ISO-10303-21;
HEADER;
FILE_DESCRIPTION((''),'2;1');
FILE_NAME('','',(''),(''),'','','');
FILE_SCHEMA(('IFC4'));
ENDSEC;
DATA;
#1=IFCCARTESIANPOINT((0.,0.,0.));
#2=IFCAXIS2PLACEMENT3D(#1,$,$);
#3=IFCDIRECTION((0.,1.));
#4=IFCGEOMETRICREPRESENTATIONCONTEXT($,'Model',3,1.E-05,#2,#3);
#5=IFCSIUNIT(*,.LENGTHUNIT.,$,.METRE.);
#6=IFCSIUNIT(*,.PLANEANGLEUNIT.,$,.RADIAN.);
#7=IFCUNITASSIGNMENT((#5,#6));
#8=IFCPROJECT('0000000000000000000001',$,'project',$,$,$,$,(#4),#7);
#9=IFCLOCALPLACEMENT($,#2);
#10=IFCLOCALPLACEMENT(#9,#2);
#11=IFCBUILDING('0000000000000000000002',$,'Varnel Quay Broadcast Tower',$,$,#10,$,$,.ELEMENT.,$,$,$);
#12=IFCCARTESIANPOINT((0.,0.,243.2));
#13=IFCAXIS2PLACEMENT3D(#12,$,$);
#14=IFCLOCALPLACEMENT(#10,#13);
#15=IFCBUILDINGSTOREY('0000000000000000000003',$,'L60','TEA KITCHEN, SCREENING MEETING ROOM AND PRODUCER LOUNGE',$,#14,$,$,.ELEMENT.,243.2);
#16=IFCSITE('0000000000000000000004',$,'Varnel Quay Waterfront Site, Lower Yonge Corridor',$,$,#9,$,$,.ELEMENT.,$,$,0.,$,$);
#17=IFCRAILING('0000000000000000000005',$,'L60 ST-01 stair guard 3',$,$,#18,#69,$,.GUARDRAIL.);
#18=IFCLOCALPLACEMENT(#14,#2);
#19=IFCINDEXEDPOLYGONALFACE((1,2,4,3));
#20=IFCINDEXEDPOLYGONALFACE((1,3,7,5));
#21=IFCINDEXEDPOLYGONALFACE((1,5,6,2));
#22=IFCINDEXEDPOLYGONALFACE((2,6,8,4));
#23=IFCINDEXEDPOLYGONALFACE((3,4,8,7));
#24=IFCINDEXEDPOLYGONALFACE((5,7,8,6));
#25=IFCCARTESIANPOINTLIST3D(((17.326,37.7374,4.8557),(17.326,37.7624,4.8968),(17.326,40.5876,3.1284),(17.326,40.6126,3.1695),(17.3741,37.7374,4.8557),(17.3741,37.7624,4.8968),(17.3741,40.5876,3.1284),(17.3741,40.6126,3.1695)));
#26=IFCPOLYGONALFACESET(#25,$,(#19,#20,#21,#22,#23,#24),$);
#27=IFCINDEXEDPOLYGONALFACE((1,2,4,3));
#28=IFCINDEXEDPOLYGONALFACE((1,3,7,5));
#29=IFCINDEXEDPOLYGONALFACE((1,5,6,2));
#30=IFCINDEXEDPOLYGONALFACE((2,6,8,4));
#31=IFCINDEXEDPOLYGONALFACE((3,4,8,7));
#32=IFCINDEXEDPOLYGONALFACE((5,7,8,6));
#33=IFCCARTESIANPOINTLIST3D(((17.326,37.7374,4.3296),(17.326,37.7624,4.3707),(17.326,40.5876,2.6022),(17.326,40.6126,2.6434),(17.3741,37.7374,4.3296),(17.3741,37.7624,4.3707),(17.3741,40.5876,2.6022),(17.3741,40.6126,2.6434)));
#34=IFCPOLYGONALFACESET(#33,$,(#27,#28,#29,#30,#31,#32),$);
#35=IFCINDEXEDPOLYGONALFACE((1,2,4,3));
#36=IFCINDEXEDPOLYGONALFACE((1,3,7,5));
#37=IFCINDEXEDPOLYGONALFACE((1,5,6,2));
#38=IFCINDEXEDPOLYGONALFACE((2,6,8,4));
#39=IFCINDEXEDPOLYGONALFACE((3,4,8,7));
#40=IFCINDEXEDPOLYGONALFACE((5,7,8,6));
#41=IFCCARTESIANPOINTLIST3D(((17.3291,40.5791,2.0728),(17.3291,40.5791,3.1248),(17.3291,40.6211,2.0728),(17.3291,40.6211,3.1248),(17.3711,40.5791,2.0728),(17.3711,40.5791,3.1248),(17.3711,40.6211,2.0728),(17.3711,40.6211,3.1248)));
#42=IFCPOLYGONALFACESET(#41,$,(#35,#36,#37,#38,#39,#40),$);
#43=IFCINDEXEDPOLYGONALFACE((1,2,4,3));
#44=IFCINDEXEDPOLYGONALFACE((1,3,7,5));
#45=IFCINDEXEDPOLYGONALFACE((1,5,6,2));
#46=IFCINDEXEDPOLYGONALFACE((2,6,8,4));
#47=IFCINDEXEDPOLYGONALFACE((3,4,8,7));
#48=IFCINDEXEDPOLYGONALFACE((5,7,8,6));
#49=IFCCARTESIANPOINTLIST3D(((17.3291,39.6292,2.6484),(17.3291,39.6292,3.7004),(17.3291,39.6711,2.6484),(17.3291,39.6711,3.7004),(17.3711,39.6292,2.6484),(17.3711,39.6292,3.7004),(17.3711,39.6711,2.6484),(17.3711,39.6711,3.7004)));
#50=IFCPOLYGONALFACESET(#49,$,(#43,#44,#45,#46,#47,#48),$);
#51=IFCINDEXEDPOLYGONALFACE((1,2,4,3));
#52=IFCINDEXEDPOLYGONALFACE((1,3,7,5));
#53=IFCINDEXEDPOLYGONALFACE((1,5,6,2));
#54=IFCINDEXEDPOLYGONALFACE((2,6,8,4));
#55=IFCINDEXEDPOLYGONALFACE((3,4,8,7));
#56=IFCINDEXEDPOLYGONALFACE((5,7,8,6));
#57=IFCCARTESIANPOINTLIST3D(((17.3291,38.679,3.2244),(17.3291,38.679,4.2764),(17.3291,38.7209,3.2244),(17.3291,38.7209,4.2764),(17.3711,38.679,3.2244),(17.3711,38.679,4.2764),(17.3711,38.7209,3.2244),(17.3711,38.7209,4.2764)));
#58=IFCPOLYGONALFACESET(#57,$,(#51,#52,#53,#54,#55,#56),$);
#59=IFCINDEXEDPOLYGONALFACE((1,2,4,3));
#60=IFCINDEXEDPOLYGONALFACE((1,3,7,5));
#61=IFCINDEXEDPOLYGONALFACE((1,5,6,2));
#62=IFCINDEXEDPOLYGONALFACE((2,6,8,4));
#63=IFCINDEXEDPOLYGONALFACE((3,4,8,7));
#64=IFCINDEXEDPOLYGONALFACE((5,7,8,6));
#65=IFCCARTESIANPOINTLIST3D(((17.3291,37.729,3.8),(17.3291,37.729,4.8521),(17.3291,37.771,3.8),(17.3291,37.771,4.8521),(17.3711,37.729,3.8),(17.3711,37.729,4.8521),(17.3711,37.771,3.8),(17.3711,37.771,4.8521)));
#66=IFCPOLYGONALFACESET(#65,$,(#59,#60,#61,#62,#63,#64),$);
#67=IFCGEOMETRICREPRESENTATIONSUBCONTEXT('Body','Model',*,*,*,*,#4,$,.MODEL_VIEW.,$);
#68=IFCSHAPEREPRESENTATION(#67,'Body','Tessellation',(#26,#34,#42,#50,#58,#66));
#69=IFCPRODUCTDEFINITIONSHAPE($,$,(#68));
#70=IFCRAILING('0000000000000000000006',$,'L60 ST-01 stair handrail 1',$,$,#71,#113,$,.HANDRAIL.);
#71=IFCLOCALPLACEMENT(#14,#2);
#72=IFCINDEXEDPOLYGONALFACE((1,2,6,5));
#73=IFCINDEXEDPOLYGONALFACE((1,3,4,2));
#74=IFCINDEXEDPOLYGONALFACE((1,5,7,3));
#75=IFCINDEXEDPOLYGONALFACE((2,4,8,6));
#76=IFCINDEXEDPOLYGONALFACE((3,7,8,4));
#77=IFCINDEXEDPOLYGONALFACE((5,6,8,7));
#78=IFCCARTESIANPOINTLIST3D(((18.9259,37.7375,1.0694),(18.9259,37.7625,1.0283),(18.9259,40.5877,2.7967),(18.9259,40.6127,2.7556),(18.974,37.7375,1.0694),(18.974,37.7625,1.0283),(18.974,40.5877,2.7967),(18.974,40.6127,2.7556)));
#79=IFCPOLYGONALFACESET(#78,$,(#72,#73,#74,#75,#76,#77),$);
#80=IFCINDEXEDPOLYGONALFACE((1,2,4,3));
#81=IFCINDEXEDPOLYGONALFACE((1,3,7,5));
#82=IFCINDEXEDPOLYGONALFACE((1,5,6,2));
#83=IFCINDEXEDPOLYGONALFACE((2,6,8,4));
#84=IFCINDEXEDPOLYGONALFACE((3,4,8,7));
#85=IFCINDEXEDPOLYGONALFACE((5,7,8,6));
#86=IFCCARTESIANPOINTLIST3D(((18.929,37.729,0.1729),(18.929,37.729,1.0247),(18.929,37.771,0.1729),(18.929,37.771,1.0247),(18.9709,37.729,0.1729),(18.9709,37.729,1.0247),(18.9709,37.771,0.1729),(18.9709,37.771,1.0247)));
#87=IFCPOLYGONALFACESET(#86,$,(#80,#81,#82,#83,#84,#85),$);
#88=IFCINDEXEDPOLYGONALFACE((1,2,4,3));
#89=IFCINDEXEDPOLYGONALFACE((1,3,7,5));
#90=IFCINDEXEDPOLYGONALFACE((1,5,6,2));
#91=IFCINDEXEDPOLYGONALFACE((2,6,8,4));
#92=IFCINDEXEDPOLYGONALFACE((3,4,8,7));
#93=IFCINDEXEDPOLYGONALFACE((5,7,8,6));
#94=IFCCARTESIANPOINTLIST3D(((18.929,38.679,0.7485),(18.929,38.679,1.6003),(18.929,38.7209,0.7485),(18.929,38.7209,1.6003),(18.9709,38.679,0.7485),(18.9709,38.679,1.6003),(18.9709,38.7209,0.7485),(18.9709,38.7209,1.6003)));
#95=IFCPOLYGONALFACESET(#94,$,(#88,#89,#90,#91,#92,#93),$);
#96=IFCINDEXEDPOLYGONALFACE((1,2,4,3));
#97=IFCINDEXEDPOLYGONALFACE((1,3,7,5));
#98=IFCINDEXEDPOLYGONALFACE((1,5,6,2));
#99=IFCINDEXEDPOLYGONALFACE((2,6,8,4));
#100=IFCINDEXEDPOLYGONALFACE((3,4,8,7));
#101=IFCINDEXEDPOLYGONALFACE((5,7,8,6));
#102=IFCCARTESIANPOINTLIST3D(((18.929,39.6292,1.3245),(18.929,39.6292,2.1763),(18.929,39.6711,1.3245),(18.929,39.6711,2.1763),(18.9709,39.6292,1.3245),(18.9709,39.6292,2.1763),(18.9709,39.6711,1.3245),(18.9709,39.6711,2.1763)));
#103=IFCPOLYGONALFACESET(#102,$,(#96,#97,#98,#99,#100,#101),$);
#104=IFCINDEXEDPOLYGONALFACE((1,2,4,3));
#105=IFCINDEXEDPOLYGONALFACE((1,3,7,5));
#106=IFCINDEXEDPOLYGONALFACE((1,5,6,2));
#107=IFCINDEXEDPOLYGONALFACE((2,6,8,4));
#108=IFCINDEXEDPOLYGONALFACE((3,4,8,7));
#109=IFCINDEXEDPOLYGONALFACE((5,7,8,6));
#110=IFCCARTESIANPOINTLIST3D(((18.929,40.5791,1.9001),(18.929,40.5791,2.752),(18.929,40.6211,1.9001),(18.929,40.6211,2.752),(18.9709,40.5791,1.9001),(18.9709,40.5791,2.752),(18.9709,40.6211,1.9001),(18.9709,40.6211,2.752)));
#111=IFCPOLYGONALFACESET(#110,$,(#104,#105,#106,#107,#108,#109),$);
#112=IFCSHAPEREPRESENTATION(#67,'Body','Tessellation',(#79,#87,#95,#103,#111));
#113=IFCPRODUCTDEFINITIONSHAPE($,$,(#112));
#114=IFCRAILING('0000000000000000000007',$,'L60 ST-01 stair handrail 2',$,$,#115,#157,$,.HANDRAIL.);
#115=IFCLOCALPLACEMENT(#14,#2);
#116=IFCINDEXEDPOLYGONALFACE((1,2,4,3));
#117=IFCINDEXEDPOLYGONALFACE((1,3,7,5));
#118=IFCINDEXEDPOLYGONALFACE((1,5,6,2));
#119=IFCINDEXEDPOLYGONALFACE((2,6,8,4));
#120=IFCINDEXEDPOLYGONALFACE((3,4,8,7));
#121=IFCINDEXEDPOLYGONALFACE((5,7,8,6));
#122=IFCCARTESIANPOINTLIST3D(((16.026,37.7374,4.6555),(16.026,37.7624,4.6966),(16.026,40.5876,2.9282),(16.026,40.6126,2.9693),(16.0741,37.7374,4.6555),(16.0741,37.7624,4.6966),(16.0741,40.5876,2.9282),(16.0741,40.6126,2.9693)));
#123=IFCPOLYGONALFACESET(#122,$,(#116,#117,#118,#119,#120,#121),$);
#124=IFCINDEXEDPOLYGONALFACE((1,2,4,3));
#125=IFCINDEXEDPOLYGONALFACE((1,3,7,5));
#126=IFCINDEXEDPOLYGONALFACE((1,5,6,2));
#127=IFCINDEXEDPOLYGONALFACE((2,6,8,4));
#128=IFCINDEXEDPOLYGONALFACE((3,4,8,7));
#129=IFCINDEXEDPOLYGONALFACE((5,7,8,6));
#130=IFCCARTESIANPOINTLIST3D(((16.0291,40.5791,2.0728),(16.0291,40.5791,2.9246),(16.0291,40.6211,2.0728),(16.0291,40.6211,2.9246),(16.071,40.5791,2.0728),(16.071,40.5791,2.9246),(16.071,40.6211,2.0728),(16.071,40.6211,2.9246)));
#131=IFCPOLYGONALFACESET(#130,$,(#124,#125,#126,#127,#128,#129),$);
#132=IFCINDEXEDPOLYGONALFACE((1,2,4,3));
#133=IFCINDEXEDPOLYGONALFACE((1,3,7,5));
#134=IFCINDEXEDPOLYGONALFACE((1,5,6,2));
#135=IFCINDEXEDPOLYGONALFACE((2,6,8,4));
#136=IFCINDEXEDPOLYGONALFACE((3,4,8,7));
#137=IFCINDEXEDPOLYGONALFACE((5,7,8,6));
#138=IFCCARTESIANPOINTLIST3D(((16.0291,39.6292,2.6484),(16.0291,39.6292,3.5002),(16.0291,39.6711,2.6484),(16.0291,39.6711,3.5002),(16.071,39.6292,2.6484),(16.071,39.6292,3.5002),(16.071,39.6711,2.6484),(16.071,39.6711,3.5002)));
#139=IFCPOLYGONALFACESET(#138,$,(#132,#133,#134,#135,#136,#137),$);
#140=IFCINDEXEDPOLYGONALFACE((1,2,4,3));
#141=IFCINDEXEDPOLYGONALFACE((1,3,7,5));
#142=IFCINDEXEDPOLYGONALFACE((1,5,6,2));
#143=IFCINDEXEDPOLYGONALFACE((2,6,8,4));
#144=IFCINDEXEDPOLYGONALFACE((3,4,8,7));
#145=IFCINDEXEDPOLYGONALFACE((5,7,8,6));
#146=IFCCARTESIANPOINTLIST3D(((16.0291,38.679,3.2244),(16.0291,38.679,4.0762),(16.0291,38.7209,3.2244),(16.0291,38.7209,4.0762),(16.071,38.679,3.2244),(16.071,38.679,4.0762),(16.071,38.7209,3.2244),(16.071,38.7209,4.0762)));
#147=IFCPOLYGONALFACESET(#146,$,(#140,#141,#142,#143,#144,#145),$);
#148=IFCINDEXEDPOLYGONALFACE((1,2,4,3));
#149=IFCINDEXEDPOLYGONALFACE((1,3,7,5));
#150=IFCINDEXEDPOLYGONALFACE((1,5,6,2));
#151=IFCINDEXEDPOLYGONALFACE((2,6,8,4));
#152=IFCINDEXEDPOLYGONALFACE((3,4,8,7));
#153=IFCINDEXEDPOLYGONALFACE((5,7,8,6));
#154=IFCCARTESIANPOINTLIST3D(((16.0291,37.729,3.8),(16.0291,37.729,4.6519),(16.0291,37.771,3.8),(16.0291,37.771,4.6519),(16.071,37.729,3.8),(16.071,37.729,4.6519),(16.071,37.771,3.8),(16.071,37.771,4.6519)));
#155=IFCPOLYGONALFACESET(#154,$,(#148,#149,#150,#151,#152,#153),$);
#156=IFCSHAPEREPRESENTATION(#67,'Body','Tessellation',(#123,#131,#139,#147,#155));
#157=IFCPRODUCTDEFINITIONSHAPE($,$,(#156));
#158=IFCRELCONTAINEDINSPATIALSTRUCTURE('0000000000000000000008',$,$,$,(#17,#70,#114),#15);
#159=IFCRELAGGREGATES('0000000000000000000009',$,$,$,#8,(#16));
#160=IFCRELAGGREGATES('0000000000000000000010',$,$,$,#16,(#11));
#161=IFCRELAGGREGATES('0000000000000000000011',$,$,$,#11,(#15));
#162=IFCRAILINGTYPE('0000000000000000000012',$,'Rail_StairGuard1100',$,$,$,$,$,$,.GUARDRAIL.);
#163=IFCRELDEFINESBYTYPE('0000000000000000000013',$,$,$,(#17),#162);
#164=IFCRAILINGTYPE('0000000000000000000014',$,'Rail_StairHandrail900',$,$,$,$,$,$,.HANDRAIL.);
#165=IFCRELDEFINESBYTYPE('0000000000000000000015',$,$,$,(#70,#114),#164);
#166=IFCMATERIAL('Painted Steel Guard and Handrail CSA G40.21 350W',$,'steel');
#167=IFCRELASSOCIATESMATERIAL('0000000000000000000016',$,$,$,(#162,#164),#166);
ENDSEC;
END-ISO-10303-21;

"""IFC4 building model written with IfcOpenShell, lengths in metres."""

from ifc_helpers import new_model, si_unit, direction, frame, origin, origin_2d, place, context, subcontext, project, spatial, rectangle, extrude, material, type_object, element, save


model = new_model("IFC4")

# Units and contexts
model_context = context("Model", 3, precision=1e-05, world=origin(), true_north=direction((0.0, 1.0)))
body_context = subcontext(model_context, "Body", "Model", "MODEL_VIEW")
ifc_project = project(units=[si_unit("LENGTHUNIT", "METRE"), si_unit("PLANEANGLEUNIT", "RADIAN")], contexts=[model_context])

# Site, building, storey
site_placement = place(None, origin())
site = spatial("IfcSite", under=ifc_project, at=site_placement, Name="Varnel Quay Waterfront Site, Lower Yonge Corridor", CompositionType="ELEMENT", RefElevation=0.0)
building_placement = place(site_placement, origin())
building = spatial("IfcBuilding", under=site, at=building_placement, Name="Varnel Quay Broadcast Tower", CompositionType="ELEMENT")
storey_placement = place(building_placement, frame((0.0, 0.0, 243.2)))
storey = spatial("IfcBuildingStorey", under=building, at=storey_placement, Name="L60", Description="TEA KITCHEN, SCREENING MEETING ROOM AND PRODUCER LOUNGE", CompositionType="ELEMENT", Elevation=243.2)

# Railings
ifc_material_1 = material(Name="Painted Steel Guard and Handrail CSA G40.21 350W", Category="steel")
railing_type_1 = type_object("IfcRailingType", Name="Rail_StairGuard1100", PredefinedType="GUARDRAIL", material=ifc_material_1)
railing_1_placement = place(storey_placement, frame((17.3501, 40.6001, 2.0728)))
element("IfcRailing", 1, at=railing_1_placement, inside=storey, type_object=railing_type_1, Name="L60 ST-01 stair guard 3", PredefinedType="GUARDRAIL", context=body_context, shape_type="SweptSolid", body=[
    extrude(rectangle(XDim=0.0481, YDim=0.0481, at=origin_2d()), frame((0.0, 0.0, 1.0762), z_axis=(0.0, -0.855203, 0.518294), x_axis=(1.0, 0.0, 0.0)), (0.0, 0.0, 1.0), 3.3328),
    extrude(rectangle(XDim=0.0481, YDim=0.0481, at=origin_2d()), frame((0.0, 0.0, 0.55), z_axis=(0.0, -0.855203, 0.518294), x_axis=(1.0, 0.0, 0.0)), (0.0, 0.0, 1.0), 3.3328),
    extrude(rectangle(XDim=0.042, YDim=0.042, at=origin_2d()), origin(), (0.0, 0.0, 1.0), 1.052),
    extrude(rectangle(XDim=0.042, YDim=0.042, at=origin_2d()), frame((0.0, -0.95, 0.5757)), (0.0, 0.0, 1.0), 1.052),
    extrude(rectangle(XDim=0.042, YDim=0.042, at=origin_2d()), frame((0.0, -1.9001, 1.1516)), (0.0, 0.0, 1.0), 1.052),
    extrude(rectangle(XDim=0.042, YDim=0.042, at=origin_2d()), frame((0.0, -2.8501, 1.7273)), (0.0, 0.0, 1.0), 1.052),
])
railing_type_2 = type_object("IfcRailingType", Name="Rail_StairHandrail900", PredefinedType="HANDRAIL", material=ifc_material_1)
railing_2_placement = place(storey_placement, frame((18.95, 37.75, 0.1729)))
element("IfcRailing", 2, at=railing_2_placement, inside=storey, type_object=railing_type_2, Name="L60 ST-01 stair handrail 1", PredefinedType="HANDRAIL", context=body_context, shape_type="SweptSolid", body=[
    extrude(rectangle(XDim=0.0481, YDim=0.0481, at=origin_2d()), frame((0.0, 0.0, 0.876), z_axis=(0.0, 0.855203, 0.518294), x_axis=(-1.0, 0.0, 0.0)), (0.0, 0.0, 1.0), 3.3328),
    extrude(rectangle(XDim=0.042, YDim=0.042, at=origin_2d()), origin(), (0.0, 0.0, 1.0), 0.8518),
    extrude(rectangle(XDim=0.042, YDim=0.042, at=origin_2d()), frame((0.0, 0.95, 0.5757)), (0.0, 0.0, 1.0), 0.8518),
    extrude(rectangle(XDim=0.042, YDim=0.042, at=origin_2d()), frame((0.0, 1.9001, 1.1516)), (0.0, 0.0, 1.0), 0.8518),
    extrude(rectangle(XDim=0.042, YDim=0.042, at=origin_2d()), frame((0.0, 2.8501, 1.7273)), (0.0, 0.0, 1.0), 0.8518),
])
railing_3_placement = place(storey_placement, frame((16.05, 40.6001, 2.0728)))
element("IfcRailing", 3, at=railing_3_placement, inside=storey, type_object=railing_type_2, Name="L60 ST-01 stair handrail 2", PredefinedType="HANDRAIL", context=body_context, shape_type="SweptSolid", body=[
    extrude(rectangle(XDim=0.0481, YDim=0.0481, at=origin_2d()), frame((0.0, 0.0, 0.876), z_axis=(0.0, -0.855203, 0.518294), x_axis=(1.0, 0.0, 0.0)), (0.0, 0.0, 1.0), 3.3328),
    extrude(rectangle(XDim=0.042, YDim=0.042, at=origin_2d()), origin(), (0.0, 0.0, 1.0), 0.8518),
    extrude(rectangle(XDim=0.042, YDim=0.042, at=origin_2d()), frame((0.0, -0.95, 0.5757)), (0.0, 0.0, 1.0), 0.8518),
    extrude(rectangle(XDim=0.042, YDim=0.042, at=origin_2d()), frame((0.0, -1.9001, 1.1516)), (0.0, 0.0, 1.0), 0.8518),
    extrude(rectangle(XDim=0.042, YDim=0.042, at=origin_2d()), frame((0.0, -2.8501, 1.7273)), (0.0, 0.0, 1.0), 0.8518),
])

save(model, "model.ifc")
